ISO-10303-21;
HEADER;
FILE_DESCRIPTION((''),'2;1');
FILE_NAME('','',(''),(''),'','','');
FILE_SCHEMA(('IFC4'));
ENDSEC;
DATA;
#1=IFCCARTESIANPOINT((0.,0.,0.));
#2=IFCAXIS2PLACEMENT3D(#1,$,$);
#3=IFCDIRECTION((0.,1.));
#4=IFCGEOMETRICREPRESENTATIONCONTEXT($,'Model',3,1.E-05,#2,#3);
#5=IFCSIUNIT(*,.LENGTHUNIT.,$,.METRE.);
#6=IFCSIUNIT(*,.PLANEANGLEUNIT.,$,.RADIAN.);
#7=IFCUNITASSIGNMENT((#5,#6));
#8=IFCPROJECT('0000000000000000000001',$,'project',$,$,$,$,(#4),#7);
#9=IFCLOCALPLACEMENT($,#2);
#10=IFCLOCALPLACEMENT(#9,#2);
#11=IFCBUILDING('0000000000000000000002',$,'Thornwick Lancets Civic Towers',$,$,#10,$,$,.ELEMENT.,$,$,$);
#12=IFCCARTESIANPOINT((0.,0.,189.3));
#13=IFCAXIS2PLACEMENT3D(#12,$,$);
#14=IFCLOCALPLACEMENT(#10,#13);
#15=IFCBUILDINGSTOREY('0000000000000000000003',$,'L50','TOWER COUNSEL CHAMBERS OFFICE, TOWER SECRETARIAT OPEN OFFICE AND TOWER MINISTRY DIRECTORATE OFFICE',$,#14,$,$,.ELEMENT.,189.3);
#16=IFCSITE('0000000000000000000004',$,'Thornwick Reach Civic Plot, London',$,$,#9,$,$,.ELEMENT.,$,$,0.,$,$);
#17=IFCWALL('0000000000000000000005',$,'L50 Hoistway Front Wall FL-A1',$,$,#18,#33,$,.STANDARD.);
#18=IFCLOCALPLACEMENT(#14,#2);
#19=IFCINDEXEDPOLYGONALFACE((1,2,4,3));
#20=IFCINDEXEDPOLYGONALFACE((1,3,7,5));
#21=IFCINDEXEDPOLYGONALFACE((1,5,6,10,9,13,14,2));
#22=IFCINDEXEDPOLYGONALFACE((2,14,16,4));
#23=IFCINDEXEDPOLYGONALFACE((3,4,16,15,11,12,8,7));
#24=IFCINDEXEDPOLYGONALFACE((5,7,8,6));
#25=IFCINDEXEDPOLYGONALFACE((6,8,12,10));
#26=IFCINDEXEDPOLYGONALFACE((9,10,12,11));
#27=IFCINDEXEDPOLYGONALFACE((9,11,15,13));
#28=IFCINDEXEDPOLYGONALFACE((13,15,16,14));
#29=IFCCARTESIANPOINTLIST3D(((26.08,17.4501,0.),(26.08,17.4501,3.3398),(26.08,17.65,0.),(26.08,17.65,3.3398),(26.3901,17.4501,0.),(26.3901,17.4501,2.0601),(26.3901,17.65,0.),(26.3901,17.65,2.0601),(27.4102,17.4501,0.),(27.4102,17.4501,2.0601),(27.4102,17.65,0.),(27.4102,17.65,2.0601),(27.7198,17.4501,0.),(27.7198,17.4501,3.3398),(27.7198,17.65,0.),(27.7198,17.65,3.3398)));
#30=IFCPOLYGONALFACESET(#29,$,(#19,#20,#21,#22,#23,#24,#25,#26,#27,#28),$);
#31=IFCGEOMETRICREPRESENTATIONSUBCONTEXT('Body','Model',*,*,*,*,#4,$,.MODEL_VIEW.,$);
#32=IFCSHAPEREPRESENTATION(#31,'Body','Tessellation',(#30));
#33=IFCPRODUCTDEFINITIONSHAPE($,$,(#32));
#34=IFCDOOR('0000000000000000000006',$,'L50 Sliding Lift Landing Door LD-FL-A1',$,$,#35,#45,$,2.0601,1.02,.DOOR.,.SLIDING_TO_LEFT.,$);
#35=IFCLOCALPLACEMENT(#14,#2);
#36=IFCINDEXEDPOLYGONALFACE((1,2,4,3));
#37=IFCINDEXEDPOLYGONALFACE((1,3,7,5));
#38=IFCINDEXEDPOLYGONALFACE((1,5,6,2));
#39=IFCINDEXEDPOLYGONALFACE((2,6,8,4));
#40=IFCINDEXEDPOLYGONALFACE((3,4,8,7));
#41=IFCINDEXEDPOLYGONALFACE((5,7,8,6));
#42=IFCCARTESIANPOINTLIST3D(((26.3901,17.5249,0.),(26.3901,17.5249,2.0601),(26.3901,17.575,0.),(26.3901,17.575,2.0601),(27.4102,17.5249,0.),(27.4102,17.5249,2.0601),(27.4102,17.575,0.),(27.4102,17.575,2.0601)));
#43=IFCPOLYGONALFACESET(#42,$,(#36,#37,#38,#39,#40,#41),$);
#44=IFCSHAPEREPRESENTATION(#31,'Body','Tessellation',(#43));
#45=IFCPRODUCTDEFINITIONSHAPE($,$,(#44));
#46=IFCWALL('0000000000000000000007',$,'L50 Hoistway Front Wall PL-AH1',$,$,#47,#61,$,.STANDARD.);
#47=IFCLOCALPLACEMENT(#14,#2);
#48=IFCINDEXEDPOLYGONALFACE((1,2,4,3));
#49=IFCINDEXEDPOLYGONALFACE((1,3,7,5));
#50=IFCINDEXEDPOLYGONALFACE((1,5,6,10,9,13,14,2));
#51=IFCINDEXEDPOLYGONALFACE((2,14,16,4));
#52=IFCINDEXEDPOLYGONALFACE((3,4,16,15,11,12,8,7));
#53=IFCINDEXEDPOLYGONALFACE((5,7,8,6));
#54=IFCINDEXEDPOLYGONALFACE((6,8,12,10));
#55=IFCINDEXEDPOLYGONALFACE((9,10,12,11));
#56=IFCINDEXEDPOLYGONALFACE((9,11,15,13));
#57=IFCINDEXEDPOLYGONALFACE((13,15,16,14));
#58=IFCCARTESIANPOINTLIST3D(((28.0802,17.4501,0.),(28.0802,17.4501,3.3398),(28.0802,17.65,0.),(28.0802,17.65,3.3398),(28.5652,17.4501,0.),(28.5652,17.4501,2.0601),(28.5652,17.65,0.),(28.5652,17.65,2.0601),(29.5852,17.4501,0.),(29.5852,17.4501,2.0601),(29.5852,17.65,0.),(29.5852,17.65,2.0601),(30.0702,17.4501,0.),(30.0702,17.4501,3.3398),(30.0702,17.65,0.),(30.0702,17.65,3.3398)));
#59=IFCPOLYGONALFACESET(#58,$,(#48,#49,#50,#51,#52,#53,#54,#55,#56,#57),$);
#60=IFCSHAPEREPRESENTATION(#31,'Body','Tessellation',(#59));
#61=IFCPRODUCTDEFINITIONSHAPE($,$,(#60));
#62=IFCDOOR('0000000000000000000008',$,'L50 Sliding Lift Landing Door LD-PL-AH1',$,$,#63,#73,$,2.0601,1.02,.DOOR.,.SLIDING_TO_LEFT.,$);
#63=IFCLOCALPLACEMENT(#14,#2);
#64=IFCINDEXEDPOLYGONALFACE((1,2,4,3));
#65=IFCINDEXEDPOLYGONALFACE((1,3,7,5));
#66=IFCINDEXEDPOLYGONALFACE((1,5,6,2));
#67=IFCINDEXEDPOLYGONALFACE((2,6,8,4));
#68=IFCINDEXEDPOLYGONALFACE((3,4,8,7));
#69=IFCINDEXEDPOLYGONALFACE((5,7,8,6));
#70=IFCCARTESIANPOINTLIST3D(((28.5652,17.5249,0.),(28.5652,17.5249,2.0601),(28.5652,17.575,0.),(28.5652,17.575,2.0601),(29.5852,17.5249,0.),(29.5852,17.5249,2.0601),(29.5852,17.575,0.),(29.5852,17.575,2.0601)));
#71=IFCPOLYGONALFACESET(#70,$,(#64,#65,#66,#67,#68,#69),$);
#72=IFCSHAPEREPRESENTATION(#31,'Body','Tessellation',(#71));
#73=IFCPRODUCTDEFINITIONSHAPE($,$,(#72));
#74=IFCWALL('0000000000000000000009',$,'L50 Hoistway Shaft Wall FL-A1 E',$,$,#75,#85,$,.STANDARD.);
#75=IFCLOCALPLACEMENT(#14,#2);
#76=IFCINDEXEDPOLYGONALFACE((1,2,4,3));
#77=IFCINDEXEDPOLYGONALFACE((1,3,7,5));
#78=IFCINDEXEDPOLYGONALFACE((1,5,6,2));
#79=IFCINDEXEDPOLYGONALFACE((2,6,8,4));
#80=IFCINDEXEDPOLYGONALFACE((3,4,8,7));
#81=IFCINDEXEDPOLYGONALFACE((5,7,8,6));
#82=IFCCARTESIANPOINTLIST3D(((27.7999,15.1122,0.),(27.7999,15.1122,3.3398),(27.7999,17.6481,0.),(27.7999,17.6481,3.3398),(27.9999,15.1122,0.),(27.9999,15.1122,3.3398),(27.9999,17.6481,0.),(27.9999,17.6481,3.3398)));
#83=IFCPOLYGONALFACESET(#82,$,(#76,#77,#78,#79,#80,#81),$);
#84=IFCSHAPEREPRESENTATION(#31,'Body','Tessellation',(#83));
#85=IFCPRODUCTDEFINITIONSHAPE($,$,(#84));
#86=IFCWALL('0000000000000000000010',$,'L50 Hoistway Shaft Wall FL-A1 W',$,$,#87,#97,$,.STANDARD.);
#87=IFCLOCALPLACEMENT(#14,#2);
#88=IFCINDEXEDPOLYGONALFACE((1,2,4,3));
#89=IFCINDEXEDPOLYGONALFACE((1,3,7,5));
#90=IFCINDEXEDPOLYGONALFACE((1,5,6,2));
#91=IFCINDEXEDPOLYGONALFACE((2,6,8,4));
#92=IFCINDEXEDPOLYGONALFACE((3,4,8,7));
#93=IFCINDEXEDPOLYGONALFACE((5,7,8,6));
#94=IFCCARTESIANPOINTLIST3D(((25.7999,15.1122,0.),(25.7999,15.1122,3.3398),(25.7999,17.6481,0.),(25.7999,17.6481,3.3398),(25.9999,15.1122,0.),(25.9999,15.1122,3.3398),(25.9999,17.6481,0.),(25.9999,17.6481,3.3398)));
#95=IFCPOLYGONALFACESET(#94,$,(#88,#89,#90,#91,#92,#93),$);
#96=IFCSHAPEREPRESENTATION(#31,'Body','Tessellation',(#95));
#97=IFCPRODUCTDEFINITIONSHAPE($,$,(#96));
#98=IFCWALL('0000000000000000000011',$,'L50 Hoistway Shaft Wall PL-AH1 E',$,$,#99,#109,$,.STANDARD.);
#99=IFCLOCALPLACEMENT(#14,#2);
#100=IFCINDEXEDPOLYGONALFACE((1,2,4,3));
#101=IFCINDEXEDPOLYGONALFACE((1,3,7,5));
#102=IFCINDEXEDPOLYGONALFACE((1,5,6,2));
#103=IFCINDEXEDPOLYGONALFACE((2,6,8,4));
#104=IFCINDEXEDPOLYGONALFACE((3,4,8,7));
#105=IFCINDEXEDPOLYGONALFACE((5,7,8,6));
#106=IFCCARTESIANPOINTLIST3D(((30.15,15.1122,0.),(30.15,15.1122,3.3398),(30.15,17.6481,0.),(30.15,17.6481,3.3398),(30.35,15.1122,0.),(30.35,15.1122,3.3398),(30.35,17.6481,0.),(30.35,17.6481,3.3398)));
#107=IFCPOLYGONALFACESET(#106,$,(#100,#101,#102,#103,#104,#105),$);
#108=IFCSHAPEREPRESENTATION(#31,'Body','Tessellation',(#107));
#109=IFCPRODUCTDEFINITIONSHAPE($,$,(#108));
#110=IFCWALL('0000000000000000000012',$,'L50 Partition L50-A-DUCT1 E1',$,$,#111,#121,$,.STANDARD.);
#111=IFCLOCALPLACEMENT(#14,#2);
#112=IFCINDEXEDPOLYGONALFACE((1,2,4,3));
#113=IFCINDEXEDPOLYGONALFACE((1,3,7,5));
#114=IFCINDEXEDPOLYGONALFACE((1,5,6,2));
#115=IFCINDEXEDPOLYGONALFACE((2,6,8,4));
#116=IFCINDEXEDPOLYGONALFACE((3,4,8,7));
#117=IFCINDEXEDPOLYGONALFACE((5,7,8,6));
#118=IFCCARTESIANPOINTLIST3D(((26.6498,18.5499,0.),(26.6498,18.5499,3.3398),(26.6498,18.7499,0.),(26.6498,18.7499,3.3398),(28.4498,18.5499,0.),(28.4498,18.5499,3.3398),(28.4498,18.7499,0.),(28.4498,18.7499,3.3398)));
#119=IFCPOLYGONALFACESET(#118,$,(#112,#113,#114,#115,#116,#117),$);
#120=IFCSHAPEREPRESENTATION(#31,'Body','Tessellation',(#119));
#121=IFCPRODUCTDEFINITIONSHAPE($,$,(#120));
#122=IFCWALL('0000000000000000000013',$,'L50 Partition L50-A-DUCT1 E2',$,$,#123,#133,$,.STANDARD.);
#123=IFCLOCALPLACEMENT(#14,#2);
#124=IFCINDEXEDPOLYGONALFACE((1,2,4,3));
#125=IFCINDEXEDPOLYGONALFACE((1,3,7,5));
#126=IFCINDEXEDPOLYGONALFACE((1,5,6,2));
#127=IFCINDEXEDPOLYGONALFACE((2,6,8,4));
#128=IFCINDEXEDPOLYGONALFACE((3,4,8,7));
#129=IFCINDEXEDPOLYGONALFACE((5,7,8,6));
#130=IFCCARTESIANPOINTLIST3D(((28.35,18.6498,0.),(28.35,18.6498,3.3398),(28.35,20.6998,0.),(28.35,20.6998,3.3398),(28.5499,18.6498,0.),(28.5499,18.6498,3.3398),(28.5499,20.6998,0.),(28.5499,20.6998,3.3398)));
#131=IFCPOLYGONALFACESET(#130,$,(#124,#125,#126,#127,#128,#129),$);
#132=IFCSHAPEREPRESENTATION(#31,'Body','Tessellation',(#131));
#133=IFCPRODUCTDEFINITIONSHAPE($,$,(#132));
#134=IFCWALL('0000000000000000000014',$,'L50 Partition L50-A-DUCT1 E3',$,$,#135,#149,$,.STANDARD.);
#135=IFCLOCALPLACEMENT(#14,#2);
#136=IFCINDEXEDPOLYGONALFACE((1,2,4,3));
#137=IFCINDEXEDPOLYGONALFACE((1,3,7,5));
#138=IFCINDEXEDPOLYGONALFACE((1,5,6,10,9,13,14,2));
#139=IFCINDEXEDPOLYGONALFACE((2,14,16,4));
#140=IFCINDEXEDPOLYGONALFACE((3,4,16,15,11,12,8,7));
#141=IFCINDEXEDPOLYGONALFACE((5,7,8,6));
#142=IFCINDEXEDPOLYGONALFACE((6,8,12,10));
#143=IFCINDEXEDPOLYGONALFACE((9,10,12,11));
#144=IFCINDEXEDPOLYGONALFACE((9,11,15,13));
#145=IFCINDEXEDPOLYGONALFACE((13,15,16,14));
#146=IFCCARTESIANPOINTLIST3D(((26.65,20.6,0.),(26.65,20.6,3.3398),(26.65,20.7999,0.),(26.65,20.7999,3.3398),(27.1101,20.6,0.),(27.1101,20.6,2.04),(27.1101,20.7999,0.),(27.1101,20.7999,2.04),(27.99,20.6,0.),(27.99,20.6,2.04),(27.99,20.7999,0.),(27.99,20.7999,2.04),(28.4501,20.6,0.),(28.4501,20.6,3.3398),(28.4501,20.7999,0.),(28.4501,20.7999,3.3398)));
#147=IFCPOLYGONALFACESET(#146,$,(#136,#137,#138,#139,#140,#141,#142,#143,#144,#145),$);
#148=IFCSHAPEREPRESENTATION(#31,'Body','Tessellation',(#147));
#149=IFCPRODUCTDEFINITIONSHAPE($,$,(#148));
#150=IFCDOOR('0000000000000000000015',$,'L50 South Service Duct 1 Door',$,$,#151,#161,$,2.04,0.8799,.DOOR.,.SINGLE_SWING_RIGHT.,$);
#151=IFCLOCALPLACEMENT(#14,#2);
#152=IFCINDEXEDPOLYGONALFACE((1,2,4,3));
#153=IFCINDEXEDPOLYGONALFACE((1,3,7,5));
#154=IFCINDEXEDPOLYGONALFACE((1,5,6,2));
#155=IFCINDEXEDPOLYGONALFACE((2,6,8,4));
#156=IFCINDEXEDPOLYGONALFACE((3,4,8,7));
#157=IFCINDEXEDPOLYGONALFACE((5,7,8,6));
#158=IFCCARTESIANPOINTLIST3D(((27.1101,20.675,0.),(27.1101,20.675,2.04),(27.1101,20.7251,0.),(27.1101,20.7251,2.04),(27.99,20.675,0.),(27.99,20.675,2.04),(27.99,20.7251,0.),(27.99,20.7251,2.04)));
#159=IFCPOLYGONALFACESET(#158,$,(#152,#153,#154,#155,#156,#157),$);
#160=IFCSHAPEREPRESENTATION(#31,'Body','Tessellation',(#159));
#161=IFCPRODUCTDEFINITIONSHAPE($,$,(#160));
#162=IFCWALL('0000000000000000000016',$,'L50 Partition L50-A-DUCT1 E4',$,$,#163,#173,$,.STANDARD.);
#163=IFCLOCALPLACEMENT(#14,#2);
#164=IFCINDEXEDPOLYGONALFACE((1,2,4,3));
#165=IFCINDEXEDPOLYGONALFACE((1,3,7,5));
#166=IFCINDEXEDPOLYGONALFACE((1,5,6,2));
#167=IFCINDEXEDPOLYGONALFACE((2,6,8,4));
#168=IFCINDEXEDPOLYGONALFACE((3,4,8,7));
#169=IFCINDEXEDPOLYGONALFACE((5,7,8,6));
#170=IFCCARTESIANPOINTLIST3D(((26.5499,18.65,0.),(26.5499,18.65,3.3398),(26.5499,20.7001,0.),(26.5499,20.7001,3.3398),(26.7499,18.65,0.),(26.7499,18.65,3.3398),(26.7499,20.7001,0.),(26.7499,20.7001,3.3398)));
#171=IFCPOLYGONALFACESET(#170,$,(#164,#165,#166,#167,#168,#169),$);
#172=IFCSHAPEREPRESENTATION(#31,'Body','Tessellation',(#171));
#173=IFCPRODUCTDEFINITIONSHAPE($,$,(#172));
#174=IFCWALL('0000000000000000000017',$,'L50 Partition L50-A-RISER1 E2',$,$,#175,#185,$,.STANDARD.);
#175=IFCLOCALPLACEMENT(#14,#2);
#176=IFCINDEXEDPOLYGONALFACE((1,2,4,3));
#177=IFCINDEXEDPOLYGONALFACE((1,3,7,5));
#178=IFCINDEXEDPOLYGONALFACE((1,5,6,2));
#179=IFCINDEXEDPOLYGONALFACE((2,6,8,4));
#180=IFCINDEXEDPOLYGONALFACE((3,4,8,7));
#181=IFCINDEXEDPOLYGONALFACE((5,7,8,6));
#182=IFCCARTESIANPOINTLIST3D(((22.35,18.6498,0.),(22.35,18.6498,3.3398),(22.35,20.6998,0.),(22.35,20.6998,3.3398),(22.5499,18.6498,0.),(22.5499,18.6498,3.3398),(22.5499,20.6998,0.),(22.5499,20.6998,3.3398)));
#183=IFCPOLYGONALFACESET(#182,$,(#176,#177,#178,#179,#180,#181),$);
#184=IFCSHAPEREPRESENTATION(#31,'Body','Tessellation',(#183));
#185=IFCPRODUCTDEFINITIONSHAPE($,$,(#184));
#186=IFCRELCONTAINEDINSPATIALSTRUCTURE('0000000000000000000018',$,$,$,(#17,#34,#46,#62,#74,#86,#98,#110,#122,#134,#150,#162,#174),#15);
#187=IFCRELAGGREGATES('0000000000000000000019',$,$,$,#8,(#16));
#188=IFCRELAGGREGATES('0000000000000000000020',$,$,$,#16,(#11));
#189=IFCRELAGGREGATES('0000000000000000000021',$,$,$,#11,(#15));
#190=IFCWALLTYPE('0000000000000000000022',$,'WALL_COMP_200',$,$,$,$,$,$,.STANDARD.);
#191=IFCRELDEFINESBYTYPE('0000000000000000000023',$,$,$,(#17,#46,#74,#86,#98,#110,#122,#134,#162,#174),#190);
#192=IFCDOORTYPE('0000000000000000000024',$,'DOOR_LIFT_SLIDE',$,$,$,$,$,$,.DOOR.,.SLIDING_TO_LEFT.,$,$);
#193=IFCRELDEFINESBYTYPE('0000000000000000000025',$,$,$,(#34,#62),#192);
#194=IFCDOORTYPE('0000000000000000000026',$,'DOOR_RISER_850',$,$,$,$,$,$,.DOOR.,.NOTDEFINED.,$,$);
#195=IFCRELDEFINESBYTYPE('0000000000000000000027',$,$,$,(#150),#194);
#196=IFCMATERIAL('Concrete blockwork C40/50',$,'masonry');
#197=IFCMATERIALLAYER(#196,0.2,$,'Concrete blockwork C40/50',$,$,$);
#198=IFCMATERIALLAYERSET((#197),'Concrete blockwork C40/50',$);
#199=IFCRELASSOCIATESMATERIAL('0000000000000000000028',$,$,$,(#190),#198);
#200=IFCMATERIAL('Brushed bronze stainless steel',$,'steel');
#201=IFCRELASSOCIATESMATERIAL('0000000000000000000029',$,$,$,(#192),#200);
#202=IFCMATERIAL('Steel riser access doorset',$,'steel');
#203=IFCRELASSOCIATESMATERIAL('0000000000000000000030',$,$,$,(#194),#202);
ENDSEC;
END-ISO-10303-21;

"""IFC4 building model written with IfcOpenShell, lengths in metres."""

from ifc_helpers import new_model, si_unit, direction, frame, frame_2d, origin, place, context, subcontext, project, spatial, rectangle, extrude, material, layer, layer_set, type_object, element, fill, save


model = new_model("IFC4")

# Units and contexts
model_context = context("Model", 3, precision=1e-05, world=origin(), true_north=direction((0.0, 1.0)))
body_context = subcontext(model_context, "Body", "Model", "MODEL_VIEW")
ifc_project = project(units=[si_unit("LENGTHUNIT", "METRE"), si_unit("PLANEANGLEUNIT", "RADIAN")], contexts=[model_context])

# Site, building, storey
site_placement = place(None, origin())
site = spatial("IfcSite", under=ifc_project, at=site_placement, Name="Thornwick Reach Civic Plot, London", CompositionType="ELEMENT", RefElevation=0.0)
building_placement = place(site_placement, origin())
building = spatial("IfcBuilding", under=site, at=building_placement, Name="Thornwick Lancets Civic Towers", CompositionType="ELEMENT")
storey_placement = place(building_placement, frame((0.0, 0.0, 189.3)))
storey = spatial("IfcBuildingStorey", under=building, at=storey_placement, Name="L50", Description="TOWER COUNSEL CHAMBERS OFFICE, TOWER SECRETARIAT OPEN OFFICE AND TOWER MINISTRY DIRECTORATE OFFICE", CompositionType="ELEMENT", Elevation=189.3)

# Walls, openings, doors
ifc_material_1 = material(Name="Concrete blockwork C40/50", Category="masonry")
ifc_layer_1 = layer(ifc_material_1, 0.2, Name="Concrete blockwork C40/50")
ifc_layer_set_1 = layer_set([ifc_layer_1], Name="Concrete blockwork C40/50")
wall_type_1 = type_object("IfcWallType", Name="WALL_COMP_200", PredefinedType="STANDARD", material=ifc_layer_set_1)
wall_1_placement = place(storey_placement, frame((26.0801, 17.55, 0.0), z_axis=(0.0, 0.0, 1.0), x_axis=(1.0, 0.0, 0.0)))
wall_1 = element("IfcWall", 1, at=wall_1_placement, inside=storey, type_object=wall_type_1, Name="L50 Hoistway Front Wall FL-A1", PredefinedType="STANDARD", context=body_context, shape_type="SweptSolid", body=[
    extrude(rectangle(XDim=1.6399, YDim=0.2, at=frame_2d((0.8198, 0.0))), origin(), (0.0, 0.0, 1.0), 3.3398),
])
opening_1_placement = place(wall_1_placement, frame((0.3101, 0.0, 0.0)))
opening_1 = element("IfcOpeningElement", 2, at=opening_1_placement, cuts=wall_1, PredefinedType="OPENING", context=body_context, shape_type="SweptSolid", body=[
    extrude(rectangle(XDim=1.02, YDim=2.0601, at=frame_2d((0.51, 1.03))), frame((0.0, 0.1099, 0.0), z_axis=(0.0, -1.0, 0.0), x_axis=(1.0, 0.0, 0.0)), (0.0, 0.0, 1.0), 0.22),
])
ifc_material_2 = material(Name="Brushed bronze stainless steel", Category="steel")
door_type_1 = type_object("IfcDoorType", Name="DOOR_LIFT_SLIDE", OperationType="SLIDING_TO_LEFT", PredefinedType="DOOR", material=ifc_material_2)
door_1_placement = place(opening_1_placement, origin())
door_1 = element("IfcDoor", 3, at=door_1_placement, inside=storey, type_object=door_type_1, Name="L50 Sliding Lift Landing Door LD-FL-A1", OperationType="SLIDING_TO_LEFT", OverallHeight=2.0601, OverallWidth=1.02, PredefinedType="DOOR", context=body_context, shape_type="SweptSolid", body=[
    extrude(rectangle(XDim=1.02, YDim=2.0601, at=frame_2d((0.51, 1.03))), frame((0.0, 0.0249, 0.0), z_axis=(0.0, -1.0, 0.0), x_axis=(1.0, 0.0, 0.0)), (0.0, 0.0, 1.0), 0.05),
])
fill(opening_1, door_1)
wall_2_placement = place(storey_placement, frame((28.0801, 17.55, 0.0), z_axis=(0.0, 0.0, 1.0), x_axis=(1.0, 0.0, 0.0)))
wall_2 = element("IfcWall", 4, at=wall_2_placement, inside=storey, type_object=wall_type_1, Name="L50 Hoistway Front Wall PL-AH1", PredefinedType="STANDARD", context=body_context, shape_type="SweptSolid", body=[
    extrude(rectangle(XDim=1.99, YDim=0.2, at=frame_2d((0.9951, 0.0))), origin(), (0.0, 0.0, 1.0), 3.3398),
])
opening_2_placement = place(wall_2_placement, frame((0.4851, 0.0, 0.0)))
opening_2 = element("IfcOpeningElement", 5, at=opening_2_placement, cuts=wall_2, PredefinedType="OPENING", context=body_context, shape_type="SweptSolid", body=[
    extrude(rectangle(XDim=1.02, YDim=2.0601, at=frame_2d((0.51, 1.03))), frame((0.0, 0.1099, 0.0), z_axis=(0.0, -1.0, 0.0), x_axis=(1.0, 0.0, 0.0)), (0.0, 0.0, 1.0), 0.22),
])
door_2_placement = place(opening_2_placement, origin())
door_2 = element("IfcDoor", 6, at=door_2_placement, inside=storey, type_object=door_type_1, Name="L50 Sliding Lift Landing Door LD-PL-AH1", OperationType="SLIDING_TO_LEFT", OverallHeight=2.0601, OverallWidth=1.02, PredefinedType="DOOR", context=body_context, shape_type="SweptSolid", body=[
    extrude(rectangle(XDim=1.02, YDim=2.0601, at=frame_2d((0.51, 1.03))), frame((0.0, 0.0249, 0.0), z_axis=(0.0, -1.0, 0.0), x_axis=(1.0, 0.0, 0.0)), (0.0, 0.0, 1.0), 0.05),
])
fill(opening_2, door_2)

# Walls
for number, where, z_axis, x_axis, name in (
    (7, (27.8999, 15.1121, 0.0), (0.0, 0.0, 1.0), (0.0, 1.0, 0.0), "L50 Hoistway Shaft Wall FL-A1 E"),
    (8, (25.8999, 15.1121, 0.0), (0.0, 0.0, 1.0), (0.0, 1.0, 0.0), "L50 Hoistway Shaft Wall FL-A1 W"),
    (9, (30.25, 15.1121, 0.0), (0.0, 0.0, 1.0), (0.0, 1.0, 0.0), "L50 Hoistway Shaft Wall PL-AH1 E"),
):
    element("IfcWall", number, at=place(storey_placement, frame(where, z_axis=z_axis, x_axis=x_axis)), inside=storey, type_object=wall_type_1, Name=name, PredefinedType="STANDARD", context=body_context, shape_type="SweptSolid", body=[
        extrude(rectangle(XDim=2.5359, YDim=0.2, at=frame_2d((1.2681, 0.0))), origin(), (0.0, 0.0, 1.0), 3.3398),
    ])
wall_3_placement = place(storey_placement, frame((26.6499, 18.6499, 0.0), z_axis=(0.0, 0.0, 1.0), x_axis=(1.0, 0.0, 0.0)))
element("IfcWall", 10, at=wall_3_placement, inside=storey, type_object=wall_type_1, Name="L50 Partition L50-A-DUCT1 E1", PredefinedType="STANDARD", context=body_context, shape_type="SweptSolid", body=[
    extrude(rectangle(XDim=1.8, YDim=0.2, at=frame_2d((0.8999, 0.0))), origin(), (0.0, 0.0, 1.0), 3.3398),
])
wall_4_placement = place(storey_placement, frame((28.45, 18.6499, 0.0), z_axis=(0.0, 0.0, 1.0), x_axis=(0.0, 1.0, 0.0)))
element("IfcWall", 11, at=wall_4_placement, inside=storey, type_object=wall_type_1, Name="L50 Partition L50-A-DUCT1 E2", PredefinedType="STANDARD", context=body_context, shape_type="SweptSolid", body=[
    extrude(rectangle(XDim=2.05, YDim=0.2, at=frame_2d((1.0249, 0.0))), origin(), (0.0, 0.0, 1.0), 3.3398),
])

# Wall, opening, door
wall_5_placement = place(storey_placement, frame((28.45, 20.7, 0.0), z_axis=(0.0, 0.0, 1.0), x_axis=(-1.0, 0.0, 0.0)))
wall_5 = element("IfcWall", 12, at=wall_5_placement, inside=storey, type_object=wall_type_1, Name="L50 Partition L50-A-DUCT1 E3", PredefinedType="STANDARD", context=body_context, shape_type="SweptSolid", body=[
    extrude(rectangle(XDim=1.8, YDim=0.2, at=frame_2d((0.8999, 0.0))), origin(), (0.0, 0.0, 1.0), 3.3398),
])
opening_3_placement = place(wall_5_placement, frame((0.46, 0.0, 0.0)))
opening_3 = element("IfcOpeningElement", 13, at=opening_3_placement, cuts=wall_5, PredefinedType="OPENING", context=body_context, shape_type="SweptSolid", body=[
    extrude(rectangle(XDim=0.8799, YDim=2.04, at=frame_2d((0.4399, 1.02))), frame((0.0, 0.1099, 0.0), z_axis=(0.0, -1.0, 0.0), x_axis=(1.0, 0.0, 0.0)), (0.0, 0.0, 1.0), 0.22),
])
ifc_material_3 = material(Name="Steel riser access doorset", Category="steel")
door_type_2 = type_object("IfcDoorType", Name="DOOR_RISER_850", OperationType="NOTDEFINED", PredefinedType="DOOR", material=ifc_material_3)
door_3_placement = place(opening_3_placement, origin())
door_3 = element("IfcDoor", 14, at=door_3_placement, inside=storey, type_object=door_type_2, Name="L50 South Service Duct 1 Door", OperationType="SINGLE_SWING_RIGHT", OverallHeight=2.04, OverallWidth=0.8799, PredefinedType="DOOR", context=body_context, shape_type="SweptSolid", body=[
    extrude(rectangle(XDim=0.8799, YDim=2.04, at=frame_2d((0.4399, 1.02))), frame((0.0, 0.0249, 0.0), z_axis=(0.0, -1.0, 0.0), x_axis=(1.0, 0.0, 0.0)), (0.0, 0.0, 1.0), 0.05),
])
fill(opening_3, door_3)

# Walls
for number, where, z_axis, x_axis, name in (
    (15, (26.6499, 20.7, 0.0), (0.0, 0.0, 1.0), (0.0, -1.0, 0.0), "L50 Partition L50-A-DUCT1 E4"),
    (16, (22.45, 18.6499, 0.0), (0.0, 0.0, 1.0), (0.0, 1.0, 0.0), "L50 Partition L50-A-RISER1 E2"),
):
    element("IfcWall", number, at=place(storey_placement, frame(where, z_axis=z_axis, x_axis=x_axis)), inside=storey, type_object=wall_type_1, Name=name, PredefinedType="STANDARD", context=body_context, shape_type="SweptSolid", body=[
        extrude(rectangle(XDim=2.05, YDim=0.2, at=frame_2d((1.0249, 0.0))), origin(), (0.0, 0.0, 1.0), 3.3398),
    ])

save(model, "model.ifc")
